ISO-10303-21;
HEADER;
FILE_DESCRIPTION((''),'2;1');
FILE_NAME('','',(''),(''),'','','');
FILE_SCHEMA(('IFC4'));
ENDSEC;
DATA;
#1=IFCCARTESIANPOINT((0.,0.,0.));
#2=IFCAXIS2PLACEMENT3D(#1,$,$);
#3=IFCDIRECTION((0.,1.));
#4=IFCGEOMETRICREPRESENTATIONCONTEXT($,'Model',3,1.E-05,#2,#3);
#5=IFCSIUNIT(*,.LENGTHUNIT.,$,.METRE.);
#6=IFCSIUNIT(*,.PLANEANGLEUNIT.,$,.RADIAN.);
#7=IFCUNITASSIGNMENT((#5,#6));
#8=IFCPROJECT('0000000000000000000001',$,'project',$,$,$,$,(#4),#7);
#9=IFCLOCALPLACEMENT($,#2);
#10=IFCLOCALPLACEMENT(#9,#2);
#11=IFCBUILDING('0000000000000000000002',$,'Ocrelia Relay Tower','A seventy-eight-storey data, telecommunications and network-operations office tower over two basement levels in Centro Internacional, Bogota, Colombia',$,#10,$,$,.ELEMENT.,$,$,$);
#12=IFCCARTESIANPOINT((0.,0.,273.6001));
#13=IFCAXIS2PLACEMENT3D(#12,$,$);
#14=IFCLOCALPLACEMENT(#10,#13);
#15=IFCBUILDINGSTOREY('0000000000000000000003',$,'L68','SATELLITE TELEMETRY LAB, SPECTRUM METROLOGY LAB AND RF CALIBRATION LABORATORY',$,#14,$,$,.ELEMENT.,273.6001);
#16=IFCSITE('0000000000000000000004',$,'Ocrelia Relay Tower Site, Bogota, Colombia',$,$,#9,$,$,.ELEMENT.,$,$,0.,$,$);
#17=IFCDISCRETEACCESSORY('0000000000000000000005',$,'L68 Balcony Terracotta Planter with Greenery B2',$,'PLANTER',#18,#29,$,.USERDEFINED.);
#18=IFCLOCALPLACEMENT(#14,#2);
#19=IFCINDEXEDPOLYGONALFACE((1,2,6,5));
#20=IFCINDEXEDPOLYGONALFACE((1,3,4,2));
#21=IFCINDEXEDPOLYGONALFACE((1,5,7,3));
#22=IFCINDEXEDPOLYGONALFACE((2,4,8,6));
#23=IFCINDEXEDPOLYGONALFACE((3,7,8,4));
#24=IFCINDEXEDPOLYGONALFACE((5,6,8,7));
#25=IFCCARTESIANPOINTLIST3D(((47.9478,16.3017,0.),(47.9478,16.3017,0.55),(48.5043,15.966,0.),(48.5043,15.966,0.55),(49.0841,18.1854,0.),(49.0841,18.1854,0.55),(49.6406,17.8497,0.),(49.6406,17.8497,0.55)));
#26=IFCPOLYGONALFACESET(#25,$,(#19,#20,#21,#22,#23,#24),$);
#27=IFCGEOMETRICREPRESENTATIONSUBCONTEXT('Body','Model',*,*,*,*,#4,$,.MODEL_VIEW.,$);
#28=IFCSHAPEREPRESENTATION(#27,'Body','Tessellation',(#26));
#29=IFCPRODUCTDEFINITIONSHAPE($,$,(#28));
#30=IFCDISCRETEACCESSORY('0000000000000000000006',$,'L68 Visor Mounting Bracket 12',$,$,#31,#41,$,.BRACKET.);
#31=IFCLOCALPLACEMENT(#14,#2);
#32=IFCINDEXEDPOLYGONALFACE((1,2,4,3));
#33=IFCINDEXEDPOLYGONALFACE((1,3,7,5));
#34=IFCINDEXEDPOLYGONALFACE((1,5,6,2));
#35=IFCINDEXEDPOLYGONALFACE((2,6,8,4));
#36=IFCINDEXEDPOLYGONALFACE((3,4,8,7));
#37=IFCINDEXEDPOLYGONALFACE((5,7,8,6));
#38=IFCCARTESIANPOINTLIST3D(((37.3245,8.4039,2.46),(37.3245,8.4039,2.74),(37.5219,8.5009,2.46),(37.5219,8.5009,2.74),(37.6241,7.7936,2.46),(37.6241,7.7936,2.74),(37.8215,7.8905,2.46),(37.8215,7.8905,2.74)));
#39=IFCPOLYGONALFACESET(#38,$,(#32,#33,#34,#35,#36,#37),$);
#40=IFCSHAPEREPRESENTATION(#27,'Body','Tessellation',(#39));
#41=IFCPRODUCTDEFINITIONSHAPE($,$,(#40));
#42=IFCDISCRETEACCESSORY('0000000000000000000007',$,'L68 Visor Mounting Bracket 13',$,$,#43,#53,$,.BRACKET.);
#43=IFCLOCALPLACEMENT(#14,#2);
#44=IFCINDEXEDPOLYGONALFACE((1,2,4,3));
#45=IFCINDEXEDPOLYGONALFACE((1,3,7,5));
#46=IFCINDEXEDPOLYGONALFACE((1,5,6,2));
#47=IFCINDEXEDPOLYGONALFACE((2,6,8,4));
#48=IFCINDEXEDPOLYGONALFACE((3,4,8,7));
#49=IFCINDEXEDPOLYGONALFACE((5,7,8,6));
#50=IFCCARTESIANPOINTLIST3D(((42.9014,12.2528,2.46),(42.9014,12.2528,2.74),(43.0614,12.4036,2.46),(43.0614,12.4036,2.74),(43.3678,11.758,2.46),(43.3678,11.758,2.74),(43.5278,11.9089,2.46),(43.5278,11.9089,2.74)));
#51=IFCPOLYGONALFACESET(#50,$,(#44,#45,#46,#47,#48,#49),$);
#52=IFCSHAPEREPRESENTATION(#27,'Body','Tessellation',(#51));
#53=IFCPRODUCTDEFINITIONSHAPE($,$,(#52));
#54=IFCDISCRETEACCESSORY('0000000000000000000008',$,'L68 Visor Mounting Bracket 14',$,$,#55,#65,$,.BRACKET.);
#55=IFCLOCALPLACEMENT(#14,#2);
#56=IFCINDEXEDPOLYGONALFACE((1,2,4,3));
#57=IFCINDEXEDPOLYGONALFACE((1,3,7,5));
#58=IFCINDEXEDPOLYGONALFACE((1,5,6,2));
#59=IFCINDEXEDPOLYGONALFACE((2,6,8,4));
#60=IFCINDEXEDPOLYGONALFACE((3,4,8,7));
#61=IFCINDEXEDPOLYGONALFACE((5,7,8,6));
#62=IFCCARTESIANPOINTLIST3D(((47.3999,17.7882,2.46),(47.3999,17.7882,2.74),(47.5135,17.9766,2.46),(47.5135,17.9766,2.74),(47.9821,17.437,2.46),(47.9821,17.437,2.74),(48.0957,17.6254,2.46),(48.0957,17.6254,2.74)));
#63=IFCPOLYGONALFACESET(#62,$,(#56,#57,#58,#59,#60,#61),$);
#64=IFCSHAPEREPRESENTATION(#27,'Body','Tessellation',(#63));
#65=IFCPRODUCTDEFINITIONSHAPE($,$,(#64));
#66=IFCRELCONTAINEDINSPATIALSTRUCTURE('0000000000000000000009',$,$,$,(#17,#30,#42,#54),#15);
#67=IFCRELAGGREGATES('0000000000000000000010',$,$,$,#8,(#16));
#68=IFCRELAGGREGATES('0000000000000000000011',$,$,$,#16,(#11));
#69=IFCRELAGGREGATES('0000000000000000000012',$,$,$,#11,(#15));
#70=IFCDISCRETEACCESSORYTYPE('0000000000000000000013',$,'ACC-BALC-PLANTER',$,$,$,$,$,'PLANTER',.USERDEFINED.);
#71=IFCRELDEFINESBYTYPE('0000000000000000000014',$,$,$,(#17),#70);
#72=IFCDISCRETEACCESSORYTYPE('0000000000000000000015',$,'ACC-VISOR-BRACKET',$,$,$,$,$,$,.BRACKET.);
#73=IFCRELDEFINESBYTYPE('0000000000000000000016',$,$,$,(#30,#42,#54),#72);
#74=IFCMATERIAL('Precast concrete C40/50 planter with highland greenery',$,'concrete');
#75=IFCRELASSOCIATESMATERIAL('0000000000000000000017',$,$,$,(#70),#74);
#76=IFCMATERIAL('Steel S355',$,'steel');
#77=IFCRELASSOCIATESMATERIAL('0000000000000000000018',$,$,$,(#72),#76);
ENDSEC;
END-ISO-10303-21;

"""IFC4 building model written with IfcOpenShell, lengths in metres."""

from ifc_helpers import new_model, si_unit, direction, frame, origin, origin_2d, place, context, subcontext, project, spatial, rectangle, extrude, material, type_object, element, save


model = new_model("IFC4")

# Units and contexts
model_context = context("Model", 3, precision=1e-05, world=origin(), true_north=direction((0.0, 1.0)))
body_context = subcontext(model_context, "Body", "Model", "MODEL_VIEW")
ifc_project = project(units=[si_unit("LENGTHUNIT", "METRE"), si_unit("PLANEANGLEUNIT", "RADIAN")], contexts=[model_context])

# Site, building, storey
site_placement = place(None, origin())
site = spatial("IfcSite", under=ifc_project, at=site_placement, Name="Ocrelia Relay Tower Site, Bogota, Colombia", CompositionType="ELEMENT", RefElevation=0.0)
building_placement = place(site_placement, origin())
building = spatial("IfcBuilding", under=site, at=building_placement, Name="Ocrelia Relay Tower", Description="A seventy-eight-storey data, telecommunications and network-operations office tower over two basement levels in Centro Internacional, Bogota, Colombia", CompositionType="ELEMENT")
storey_placement = place(building_placement, frame((0.0, 0.0, 273.6001)))
storey = spatial("IfcBuildingStorey", under=building, at=storey_placement, Name="L68", Description="SATELLITE TELEMETRY LAB, SPECTRUM METROLOGY LAB AND RF CALIBRATION LABORATORY", CompositionType="ELEMENT", Elevation=273.6001)

# Shared definitions
ifc_material_1 = material(Name="Steel S355", Category="steel")

# Discrete accessories
ifc_material_2 = material(Name="Precast concrete C40/50 planter with highland greenery", Category="concrete")
discrete_accessory_type_1 = type_object("IfcDiscreteAccessoryType", Name="ACC-BALC-PLANTER", ElementType="PLANTER", PredefinedType="USERDEFINED", material=ifc_material_2)
discrete_accessory_placement = place(storey_placement, frame((48.7942, 17.0757, 0.0), z_axis=(0.0, 0.0, 1.0), x_axis=(-0.516531, -0.856268, 0.0)))
element("IfcDiscreteAccessory", 1, at=discrete_accessory_placement, inside=storey, type_object=discrete_accessory_type_1, Name="L68 Balcony Terracotta Planter with Greenery B2", ObjectType="PLANTER", PredefinedType="USERDEFINED", context=body_context, shape_type="SweptSolid", body=[
    extrude(rectangle(XDim=2.2, YDim=0.6499, at=origin_2d()), origin(), (0.0, 0.0, 1.0), 0.55),
])
discrete_accessory_type_2 = type_object("IfcDiscreteAccessoryType", Name="ACC-VISOR-BRACKET", PredefinedType="BRACKET", material=ifc_material_1)
for number, where, z_axis, x_axis, name in (
    (2, (37.573, 8.1472, 2.46), (0.0, 0.0, 1.0), (0.897664, 0.440681, 0.0), "L68 Visor Mounting Bracket 12"),
    (3, (43.2146, 12.0808, 2.46), (0.0, 0.0, 1.0), (0.727676, 0.685921, 0.0), "L68 Visor Mounting Bracket 13"),
    (4, (47.7478, 17.7068, 2.46), (0.0, 0.0, 1.0), (0.516537, 0.856265, 0.0), "L68 Visor Mounting Bracket 14"),
):
    element("IfcDiscreteAccessory", number, at=place(storey_placement, frame(where, z_axis=z_axis, x_axis=x_axis)), inside=storey, type_object=discrete_accessory_type_2, Name=name, PredefinedType="BRACKET", context=body_context, shape_type="SweptSolid", body=[
        extrude(rectangle(XDim=0.22, YDim=0.6799, at=origin_2d()), origin(), (0.0, 0.0, 1.0), 0.28),
    ])

save(model, "model.ifc")
